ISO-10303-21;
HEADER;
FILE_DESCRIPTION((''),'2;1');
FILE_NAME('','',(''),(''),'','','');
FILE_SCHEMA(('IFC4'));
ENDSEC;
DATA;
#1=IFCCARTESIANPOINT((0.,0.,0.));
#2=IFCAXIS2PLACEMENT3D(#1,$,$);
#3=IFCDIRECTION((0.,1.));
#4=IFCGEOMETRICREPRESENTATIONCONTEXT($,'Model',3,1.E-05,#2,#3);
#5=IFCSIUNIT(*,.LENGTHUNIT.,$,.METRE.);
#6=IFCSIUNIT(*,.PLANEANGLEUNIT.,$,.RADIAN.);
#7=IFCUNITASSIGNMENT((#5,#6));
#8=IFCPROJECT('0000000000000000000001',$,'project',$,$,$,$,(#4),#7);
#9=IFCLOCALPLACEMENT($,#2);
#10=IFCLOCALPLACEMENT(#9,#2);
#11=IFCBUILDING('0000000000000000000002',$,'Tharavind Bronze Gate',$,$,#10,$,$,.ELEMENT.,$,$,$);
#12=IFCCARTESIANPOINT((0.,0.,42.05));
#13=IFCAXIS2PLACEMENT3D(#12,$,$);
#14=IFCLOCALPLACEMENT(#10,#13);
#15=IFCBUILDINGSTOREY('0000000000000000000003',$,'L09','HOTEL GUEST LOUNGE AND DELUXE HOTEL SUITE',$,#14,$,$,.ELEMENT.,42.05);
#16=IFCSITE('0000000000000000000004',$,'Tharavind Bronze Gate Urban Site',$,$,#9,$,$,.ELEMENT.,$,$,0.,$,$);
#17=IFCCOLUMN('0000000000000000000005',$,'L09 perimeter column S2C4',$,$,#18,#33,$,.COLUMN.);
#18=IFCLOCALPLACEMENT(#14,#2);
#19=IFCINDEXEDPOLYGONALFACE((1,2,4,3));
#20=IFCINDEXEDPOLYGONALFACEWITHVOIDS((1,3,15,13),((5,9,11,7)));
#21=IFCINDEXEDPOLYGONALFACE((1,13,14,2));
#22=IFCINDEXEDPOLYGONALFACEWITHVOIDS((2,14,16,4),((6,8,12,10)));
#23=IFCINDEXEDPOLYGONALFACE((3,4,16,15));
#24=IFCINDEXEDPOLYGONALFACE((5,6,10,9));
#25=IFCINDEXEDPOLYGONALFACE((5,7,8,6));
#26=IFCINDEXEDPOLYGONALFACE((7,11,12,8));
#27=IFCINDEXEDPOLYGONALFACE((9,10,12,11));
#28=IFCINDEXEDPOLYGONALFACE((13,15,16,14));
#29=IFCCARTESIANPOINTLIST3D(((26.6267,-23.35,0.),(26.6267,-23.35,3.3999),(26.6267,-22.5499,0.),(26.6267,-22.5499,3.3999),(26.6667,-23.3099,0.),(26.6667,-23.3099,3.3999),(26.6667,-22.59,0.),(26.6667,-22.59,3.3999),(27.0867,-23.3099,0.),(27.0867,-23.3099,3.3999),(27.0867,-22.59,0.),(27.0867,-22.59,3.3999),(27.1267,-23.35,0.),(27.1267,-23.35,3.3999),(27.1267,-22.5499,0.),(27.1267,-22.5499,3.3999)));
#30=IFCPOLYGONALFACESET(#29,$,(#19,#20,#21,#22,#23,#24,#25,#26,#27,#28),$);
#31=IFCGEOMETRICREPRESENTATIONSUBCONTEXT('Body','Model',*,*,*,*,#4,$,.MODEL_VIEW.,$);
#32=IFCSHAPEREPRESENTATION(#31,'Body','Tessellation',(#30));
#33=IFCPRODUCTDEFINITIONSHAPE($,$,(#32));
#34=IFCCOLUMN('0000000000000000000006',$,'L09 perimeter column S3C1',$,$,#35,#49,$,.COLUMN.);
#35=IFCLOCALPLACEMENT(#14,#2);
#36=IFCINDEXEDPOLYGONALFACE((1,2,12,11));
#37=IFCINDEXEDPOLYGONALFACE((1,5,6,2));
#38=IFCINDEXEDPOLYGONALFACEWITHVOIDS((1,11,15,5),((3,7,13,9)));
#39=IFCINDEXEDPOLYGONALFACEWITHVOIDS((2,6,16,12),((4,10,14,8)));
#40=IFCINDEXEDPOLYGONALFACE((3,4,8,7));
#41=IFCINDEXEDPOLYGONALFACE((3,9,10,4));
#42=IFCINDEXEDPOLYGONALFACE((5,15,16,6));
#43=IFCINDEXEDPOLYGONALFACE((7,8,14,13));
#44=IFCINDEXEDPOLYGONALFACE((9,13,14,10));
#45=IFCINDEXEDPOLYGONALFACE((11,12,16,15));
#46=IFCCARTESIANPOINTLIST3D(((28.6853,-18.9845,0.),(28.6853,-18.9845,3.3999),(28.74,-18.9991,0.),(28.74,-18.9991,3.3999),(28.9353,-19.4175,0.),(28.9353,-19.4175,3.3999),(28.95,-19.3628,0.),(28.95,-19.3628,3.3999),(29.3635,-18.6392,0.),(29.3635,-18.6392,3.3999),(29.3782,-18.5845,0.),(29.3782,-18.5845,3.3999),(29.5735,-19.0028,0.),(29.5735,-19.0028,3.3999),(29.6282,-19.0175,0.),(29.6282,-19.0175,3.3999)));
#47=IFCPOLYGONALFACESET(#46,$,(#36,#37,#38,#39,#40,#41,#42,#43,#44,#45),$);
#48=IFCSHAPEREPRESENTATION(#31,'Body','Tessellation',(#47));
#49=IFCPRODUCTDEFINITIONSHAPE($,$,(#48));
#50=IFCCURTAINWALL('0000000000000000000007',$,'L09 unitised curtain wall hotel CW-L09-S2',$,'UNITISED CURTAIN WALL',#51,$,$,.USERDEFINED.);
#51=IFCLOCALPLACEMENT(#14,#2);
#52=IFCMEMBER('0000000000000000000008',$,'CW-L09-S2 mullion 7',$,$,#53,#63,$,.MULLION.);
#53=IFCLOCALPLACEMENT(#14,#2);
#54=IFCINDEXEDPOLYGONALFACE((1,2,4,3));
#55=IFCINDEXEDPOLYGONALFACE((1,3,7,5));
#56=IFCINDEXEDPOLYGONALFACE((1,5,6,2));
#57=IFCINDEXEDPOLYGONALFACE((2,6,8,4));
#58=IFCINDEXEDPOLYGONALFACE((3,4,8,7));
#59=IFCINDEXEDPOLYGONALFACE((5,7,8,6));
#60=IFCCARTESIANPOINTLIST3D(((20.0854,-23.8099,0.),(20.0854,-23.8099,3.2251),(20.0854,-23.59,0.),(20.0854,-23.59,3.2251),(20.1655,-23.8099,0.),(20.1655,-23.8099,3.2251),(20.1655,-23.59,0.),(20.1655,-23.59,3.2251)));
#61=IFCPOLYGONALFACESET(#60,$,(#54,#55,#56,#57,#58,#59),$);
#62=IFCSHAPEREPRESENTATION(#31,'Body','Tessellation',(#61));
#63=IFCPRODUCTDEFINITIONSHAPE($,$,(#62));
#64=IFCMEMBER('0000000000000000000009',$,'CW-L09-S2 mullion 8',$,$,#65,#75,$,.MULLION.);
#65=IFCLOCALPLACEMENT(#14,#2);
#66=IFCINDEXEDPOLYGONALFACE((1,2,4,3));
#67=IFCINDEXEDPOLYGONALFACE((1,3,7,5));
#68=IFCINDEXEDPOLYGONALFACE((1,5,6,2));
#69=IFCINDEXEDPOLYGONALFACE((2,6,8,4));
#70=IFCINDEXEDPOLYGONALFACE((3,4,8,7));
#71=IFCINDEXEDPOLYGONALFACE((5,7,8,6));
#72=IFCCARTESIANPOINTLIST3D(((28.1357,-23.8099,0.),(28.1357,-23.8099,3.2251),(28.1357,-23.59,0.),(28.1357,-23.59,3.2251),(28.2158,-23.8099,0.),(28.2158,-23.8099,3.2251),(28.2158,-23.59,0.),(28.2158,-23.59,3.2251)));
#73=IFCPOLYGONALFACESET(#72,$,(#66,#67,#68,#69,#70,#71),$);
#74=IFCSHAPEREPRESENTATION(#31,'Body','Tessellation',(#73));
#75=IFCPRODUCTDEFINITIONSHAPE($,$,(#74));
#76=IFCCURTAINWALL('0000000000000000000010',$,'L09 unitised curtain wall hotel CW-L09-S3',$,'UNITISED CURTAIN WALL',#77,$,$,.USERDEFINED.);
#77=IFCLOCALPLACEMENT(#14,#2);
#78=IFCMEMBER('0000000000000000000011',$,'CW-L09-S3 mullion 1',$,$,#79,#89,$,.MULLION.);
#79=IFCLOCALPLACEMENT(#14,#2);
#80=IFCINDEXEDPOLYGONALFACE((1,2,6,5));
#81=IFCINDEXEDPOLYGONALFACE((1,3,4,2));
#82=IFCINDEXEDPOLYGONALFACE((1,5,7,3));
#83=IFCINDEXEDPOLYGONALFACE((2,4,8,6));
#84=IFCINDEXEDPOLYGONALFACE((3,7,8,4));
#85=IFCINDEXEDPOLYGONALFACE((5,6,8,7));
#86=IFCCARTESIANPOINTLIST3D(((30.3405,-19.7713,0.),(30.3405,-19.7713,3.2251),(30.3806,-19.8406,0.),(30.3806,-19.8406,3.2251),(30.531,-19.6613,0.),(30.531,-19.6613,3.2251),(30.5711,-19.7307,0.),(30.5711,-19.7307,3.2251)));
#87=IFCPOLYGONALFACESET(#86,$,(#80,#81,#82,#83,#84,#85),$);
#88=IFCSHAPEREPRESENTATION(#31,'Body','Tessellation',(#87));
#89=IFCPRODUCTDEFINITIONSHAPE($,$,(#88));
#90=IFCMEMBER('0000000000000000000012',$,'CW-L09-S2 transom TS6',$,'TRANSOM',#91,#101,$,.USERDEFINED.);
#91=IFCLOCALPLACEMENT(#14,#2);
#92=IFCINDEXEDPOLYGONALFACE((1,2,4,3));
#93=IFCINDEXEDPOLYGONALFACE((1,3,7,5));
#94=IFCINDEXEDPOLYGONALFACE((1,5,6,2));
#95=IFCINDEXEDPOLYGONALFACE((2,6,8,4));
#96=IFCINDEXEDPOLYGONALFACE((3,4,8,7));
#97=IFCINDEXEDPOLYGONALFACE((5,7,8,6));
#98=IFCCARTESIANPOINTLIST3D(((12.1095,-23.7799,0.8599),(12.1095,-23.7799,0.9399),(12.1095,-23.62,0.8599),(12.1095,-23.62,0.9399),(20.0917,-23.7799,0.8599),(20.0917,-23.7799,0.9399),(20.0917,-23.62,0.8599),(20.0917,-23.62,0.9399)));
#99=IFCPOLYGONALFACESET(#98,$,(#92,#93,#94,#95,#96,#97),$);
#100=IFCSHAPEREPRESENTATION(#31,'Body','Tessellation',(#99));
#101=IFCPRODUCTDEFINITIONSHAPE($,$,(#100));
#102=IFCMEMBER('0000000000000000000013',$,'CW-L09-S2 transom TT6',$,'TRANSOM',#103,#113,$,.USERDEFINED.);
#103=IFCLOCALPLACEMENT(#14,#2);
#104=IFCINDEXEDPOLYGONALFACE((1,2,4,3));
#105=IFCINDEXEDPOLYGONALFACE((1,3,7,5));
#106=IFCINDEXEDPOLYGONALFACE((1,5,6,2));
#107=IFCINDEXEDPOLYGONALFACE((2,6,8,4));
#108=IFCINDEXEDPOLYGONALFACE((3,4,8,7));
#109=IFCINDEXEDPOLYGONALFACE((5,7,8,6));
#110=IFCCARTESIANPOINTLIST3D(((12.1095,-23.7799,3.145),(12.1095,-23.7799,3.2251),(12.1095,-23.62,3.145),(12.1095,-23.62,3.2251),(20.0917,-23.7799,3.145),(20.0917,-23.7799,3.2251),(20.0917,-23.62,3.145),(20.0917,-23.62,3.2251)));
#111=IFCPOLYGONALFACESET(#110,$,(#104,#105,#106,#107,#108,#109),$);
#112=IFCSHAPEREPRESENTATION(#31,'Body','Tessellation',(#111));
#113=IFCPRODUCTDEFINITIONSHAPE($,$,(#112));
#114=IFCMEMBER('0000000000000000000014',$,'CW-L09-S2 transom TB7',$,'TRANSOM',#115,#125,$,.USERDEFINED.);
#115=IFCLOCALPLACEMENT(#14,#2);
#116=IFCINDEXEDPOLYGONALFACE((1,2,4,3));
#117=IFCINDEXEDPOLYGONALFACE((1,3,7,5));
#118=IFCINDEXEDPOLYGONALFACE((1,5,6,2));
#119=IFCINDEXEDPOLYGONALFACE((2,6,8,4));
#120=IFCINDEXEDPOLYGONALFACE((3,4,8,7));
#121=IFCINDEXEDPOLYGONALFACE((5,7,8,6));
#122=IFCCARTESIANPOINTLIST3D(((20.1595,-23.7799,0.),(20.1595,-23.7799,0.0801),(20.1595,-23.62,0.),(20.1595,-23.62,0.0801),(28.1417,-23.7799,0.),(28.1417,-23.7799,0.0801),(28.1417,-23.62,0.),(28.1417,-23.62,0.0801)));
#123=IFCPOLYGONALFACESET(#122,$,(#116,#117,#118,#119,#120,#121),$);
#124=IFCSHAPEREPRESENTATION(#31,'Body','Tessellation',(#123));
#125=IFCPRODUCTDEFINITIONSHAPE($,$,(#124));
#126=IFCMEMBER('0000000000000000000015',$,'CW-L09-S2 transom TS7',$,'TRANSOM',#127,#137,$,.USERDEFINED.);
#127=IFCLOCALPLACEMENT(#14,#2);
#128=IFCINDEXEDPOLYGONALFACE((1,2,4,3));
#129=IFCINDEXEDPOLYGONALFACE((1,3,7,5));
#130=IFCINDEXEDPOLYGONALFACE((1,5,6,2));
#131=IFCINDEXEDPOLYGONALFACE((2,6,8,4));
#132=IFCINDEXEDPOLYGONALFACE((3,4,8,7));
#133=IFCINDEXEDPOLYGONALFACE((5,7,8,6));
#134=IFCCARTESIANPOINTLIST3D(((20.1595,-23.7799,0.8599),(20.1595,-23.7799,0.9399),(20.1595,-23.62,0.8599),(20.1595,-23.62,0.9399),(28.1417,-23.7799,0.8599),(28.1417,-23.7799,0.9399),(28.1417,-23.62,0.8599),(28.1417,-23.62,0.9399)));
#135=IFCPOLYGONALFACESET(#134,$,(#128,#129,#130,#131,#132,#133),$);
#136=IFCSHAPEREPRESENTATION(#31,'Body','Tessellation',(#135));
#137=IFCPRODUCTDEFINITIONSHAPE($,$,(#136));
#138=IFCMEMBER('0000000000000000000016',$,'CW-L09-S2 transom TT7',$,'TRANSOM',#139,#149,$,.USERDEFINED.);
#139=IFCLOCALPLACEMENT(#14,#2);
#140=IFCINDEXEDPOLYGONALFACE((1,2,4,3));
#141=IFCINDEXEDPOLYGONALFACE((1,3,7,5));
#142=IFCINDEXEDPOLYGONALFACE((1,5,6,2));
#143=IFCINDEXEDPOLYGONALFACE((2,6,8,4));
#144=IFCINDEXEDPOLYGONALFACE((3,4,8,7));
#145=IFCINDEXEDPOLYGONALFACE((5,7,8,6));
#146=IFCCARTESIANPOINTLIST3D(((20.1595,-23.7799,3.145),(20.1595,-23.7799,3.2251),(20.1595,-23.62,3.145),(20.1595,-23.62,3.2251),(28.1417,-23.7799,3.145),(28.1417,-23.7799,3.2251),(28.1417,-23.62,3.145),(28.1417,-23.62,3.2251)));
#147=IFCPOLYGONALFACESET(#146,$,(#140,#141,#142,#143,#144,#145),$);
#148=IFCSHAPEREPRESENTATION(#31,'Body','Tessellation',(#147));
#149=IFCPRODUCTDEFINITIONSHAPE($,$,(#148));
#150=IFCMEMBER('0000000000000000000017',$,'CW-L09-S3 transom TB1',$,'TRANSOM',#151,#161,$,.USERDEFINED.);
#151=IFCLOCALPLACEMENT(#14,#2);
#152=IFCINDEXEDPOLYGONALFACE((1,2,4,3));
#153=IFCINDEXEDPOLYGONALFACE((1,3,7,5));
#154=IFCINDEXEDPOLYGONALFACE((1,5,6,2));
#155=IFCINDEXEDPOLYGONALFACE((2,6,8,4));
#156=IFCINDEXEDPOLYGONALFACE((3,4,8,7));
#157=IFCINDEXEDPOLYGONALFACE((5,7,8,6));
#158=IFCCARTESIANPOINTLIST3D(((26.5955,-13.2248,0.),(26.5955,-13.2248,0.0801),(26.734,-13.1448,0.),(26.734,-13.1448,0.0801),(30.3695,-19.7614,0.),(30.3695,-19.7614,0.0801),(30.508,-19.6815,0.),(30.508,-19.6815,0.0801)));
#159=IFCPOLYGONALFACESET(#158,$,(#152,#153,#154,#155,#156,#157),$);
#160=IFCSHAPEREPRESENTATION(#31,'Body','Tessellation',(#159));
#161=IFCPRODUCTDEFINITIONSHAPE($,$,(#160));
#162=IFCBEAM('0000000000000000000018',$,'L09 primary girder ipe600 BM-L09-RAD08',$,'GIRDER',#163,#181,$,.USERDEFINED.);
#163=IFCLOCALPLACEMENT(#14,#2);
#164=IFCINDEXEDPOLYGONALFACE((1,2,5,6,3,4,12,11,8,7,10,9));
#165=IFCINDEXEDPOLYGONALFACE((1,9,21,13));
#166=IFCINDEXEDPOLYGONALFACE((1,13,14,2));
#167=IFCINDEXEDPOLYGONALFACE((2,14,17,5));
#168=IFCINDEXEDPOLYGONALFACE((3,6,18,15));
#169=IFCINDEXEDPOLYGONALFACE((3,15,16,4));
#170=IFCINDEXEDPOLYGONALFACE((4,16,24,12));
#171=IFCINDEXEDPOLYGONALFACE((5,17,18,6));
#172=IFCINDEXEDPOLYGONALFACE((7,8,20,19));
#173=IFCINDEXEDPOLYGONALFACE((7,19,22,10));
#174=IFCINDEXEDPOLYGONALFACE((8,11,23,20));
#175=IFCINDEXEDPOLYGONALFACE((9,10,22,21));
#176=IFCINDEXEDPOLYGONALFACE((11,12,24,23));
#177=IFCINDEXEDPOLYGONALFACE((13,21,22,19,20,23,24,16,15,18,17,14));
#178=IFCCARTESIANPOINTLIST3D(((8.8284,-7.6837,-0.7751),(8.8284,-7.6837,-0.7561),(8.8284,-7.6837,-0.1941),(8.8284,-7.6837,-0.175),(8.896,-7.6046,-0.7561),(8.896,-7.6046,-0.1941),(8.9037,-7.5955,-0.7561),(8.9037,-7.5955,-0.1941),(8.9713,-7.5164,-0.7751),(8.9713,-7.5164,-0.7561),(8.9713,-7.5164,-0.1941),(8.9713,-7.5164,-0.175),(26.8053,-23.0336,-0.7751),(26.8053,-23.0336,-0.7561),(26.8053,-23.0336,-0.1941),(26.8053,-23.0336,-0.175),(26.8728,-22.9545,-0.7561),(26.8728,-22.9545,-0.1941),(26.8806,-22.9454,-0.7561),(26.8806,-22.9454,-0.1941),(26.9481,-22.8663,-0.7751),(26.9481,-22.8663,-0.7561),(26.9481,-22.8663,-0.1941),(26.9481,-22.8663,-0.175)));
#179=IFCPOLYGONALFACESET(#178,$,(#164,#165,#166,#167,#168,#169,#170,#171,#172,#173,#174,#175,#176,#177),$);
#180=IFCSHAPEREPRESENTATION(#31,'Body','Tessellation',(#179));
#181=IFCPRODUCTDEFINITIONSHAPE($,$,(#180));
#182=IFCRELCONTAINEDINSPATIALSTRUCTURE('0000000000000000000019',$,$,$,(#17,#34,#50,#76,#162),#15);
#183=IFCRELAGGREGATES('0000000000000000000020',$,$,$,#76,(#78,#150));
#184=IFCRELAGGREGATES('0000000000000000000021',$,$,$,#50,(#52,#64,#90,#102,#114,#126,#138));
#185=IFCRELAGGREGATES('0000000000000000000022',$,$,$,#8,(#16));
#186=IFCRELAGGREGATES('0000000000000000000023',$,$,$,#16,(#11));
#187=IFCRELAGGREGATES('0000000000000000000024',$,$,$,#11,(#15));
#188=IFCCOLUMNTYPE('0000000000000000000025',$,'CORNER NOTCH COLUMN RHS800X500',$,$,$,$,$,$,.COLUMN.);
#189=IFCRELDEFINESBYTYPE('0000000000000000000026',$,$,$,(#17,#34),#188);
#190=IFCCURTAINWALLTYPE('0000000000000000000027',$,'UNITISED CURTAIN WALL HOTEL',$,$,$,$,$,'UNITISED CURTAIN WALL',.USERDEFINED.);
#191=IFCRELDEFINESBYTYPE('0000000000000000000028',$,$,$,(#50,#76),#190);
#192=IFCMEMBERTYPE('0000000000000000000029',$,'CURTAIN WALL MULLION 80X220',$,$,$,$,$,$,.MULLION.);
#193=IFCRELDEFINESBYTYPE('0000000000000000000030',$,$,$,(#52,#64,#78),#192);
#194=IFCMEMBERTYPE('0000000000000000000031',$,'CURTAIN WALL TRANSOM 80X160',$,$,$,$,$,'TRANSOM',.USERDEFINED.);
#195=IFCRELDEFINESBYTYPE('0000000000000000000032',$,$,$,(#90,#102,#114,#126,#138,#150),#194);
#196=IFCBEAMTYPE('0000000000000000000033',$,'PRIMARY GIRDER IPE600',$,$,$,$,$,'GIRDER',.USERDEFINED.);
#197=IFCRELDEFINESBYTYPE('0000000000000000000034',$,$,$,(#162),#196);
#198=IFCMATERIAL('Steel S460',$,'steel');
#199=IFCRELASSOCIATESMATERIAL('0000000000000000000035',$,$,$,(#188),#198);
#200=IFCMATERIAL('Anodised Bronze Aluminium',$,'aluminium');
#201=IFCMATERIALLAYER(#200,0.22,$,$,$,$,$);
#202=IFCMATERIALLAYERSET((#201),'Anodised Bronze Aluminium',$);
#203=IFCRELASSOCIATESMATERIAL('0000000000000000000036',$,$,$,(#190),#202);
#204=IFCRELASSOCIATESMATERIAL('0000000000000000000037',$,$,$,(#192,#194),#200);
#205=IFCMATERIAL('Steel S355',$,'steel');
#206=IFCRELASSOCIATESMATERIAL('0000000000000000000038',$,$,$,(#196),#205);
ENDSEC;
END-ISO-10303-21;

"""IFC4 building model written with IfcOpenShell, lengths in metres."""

from ifc_helpers import new_model, si_unit, direction, frame, origin, origin_2d, place, context, subcontext, project, spatial, rectangle, hollow_rectangle, i_section, extrude, material, layer, layer_set, material_profile, profile_set, type_object, element, aggregate, save


model = new_model("IFC4")

# Units and contexts
model_context = context("Model", 3, precision=1e-05, world=origin(), true_north=direction((0.0, 1.0)))
body_context = subcontext(model_context, "Body", "Model", "MODEL_VIEW")
ifc_project = project(units=[si_unit("LENGTHUNIT", "METRE"), si_unit("PLANEANGLEUNIT", "RADIAN")], contexts=[model_context])

# Site, building, storey
site_placement = place(None, origin())
site = spatial("IfcSite", under=ifc_project, at=site_placement, Name="Tharavind Bronze Gate Urban Site", CompositionType="ELEMENT", RefElevation=0.0)
building_placement = place(site_placement, origin())
building = spatial("IfcBuilding", under=site, at=building_placement, Name="Tharavind Bronze Gate", CompositionType="ELEMENT")
storey_placement = place(building_placement, frame((0.0, 0.0, 42.05)))
storey = spatial("IfcBuildingStorey", under=building, at=storey_placement, Name="L09", Description="HOTEL GUEST LOUNGE AND DELUXE HOTEL SUITE", CompositionType="ELEMENT", Elevation=42.05)

# Columns
ifc_material_1 = material(Name="Steel S460", Category="steel")
ifc_material_profile_1 = material_profile(ifc_material_1, hollow_rectangle(XDim=0.5, YDim=0.8, WallThickness=0.04, at=origin_2d()), Name="RHS800X500X40")
ifc_profile_set_1 = profile_set([ifc_material_profile_1], Name="Steel S460")
column_type = type_object("IfcColumnType", Name="CORNER NOTCH COLUMN RHS800X500", PredefinedType="COLUMN", material=ifc_profile_set_1)
for number, where, z_axis, x_axis, name in (
    (1, (26.8767, -22.95, 0.0), (0.0, 0.0, 1.0), (1.0, 0.0, 0.0), "L09 perimeter column S2C4"),
    (2, (29.1567, -19.001, 0.0), (0.0, 0.0, 1.0), (-0.500002, 0.866025, 0.0), "L09 perimeter column S3C1"),
):
    element("IfcColumn", number, at=place(storey_placement, frame(where, z_axis=z_axis, x_axis=x_axis)), inside=storey, type_object=column_type, Name=name, PredefinedType="COLUMN", context=body_context, shape_type="SweptSolid", body=[
        extrude(hollow_rectangle(XDim=0.5, YDim=0.8, WallThickness=0.04, at=origin_2d()), origin(), (0.0, 0.0, 1.0), 3.3999),
    ])

# Curtain wall, members
ifc_material_2 = material(Name="Anodised Bronze Aluminium", Category="aluminium")
ifc_layer_1 = layer(ifc_material_2, 0.22)
ifc_layer_set_1 = layer_set([ifc_layer_1], Name="Anodised Bronze Aluminium")
curtain_wall_type = type_object("IfcCurtainWallType", Name="UNITISED CURTAIN WALL HOTEL", ElementType="UNITISED CURTAIN WALL", PredefinedType="USERDEFINED", material=ifc_layer_set_1)
curtain_wall_1_placement = place(storey_placement, origin())
curtain_wall_1 = element("IfcCurtainWall", 3, at=curtain_wall_1_placement, inside=storey, type_object=curtain_wall_type, Name="L09 unitised curtain wall hotel CW-L09-S2", ObjectType="UNITISED CURTAIN WALL", PredefinedType="USERDEFINED")
member_type_1 = type_object("IfcMemberType", Name="CURTAIN WALL MULLION 80X220", PredefinedType="MULLION", material=ifc_material_2)
member_1_placement = place(storey_placement, frame((20.1255, -23.7, 0.0), z_axis=(0.0, 0.0, 1.0), x_axis=(1.0, 0.0, 0.0)))
member_1 = element("IfcMember", 4, at=member_1_placement, type_object=member_type_1, Name="CW-L09-S2 mullion 7", PredefinedType="MULLION", context=body_context, shape_type="SweptSolid", body=[
    extrude(rectangle(XDim=0.0801, YDim=0.22, at=origin_2d()), origin(), (0.0, 0.0, 1.0), 3.2251),
])
member_2_placement = place(storey_placement, frame((28.1758, -23.7, 0.0), z_axis=(0.0, 0.0, 1.0), x_axis=(1.0, 0.0, 0.0)))
member_2 = element("IfcMember", 5, at=member_2_placement, type_object=member_type_1, Name="CW-L09-S2 mullion 8", PredefinedType="MULLION", context=body_context, shape_type="SweptSolid", body=[
    extrude(rectangle(XDim=0.0801, YDim=0.22, at=origin_2d()), origin(), (0.0, 0.0, 1.0), 3.2251),
])

# Curtain wall, member
curtain_wall_2_placement = place(storey_placement, origin())
curtain_wall_2 = element("IfcCurtainWall", 6, at=curtain_wall_2_placement, inside=storey, type_object=curtain_wall_type, Name="L09 unitised curtain wall hotel CW-L09-S3", ObjectType="UNITISED CURTAIN WALL", PredefinedType="USERDEFINED")
member_3_placement = place(storey_placement, frame((30.4558, -19.751, 0.0), z_axis=(0.0, 0.0, 1.0), x_axis=(-0.500002, 0.866025, 0.0)))
member_3 = element("IfcMember", 7, at=member_3_placement, type_object=member_type_1, Name="CW-L09-S3 mullion 1", PredefinedType="MULLION", context=body_context, shape_type="SweptSolid", body=[
    extrude(rectangle(XDim=0.0801, YDim=0.22, at=origin_2d()), origin(), (0.0, 0.0, 1.0), 3.2251),
])

# Members
member_type_2 = type_object("IfcMemberType", Name="CURTAIN WALL TRANSOM 80X160", ElementType="TRANSOM", PredefinedType="USERDEFINED", material=ifc_material_2)
member_4_placement = place(storey_placement, frame((16.1006, -23.7, 0.8599), z_axis=(0.0, 0.0, 1.0), x_axis=(1.0, 0.0, 0.0)))
member_4 = element("IfcMember", 8, at=member_4_placement, type_object=member_type_2, Name="CW-L09-S2 transom TS6", ObjectType="TRANSOM", PredefinedType="USERDEFINED", context=body_context, shape_type="SweptSolid", body=[
    extrude(rectangle(XDim=7.9822, YDim=0.1599, at=origin_2d()), origin(), (0.0, 0.0, 1.0), 0.0801),
])
member_5_placement = place(storey_placement, frame((16.1006, -23.7, 3.145), z_axis=(0.0, 0.0, 1.0), x_axis=(1.0, 0.0, 0.0)))
member_5 = element("IfcMember", 9, at=member_5_placement, type_object=member_type_2, Name="CW-L09-S2 transom TT6", ObjectType="TRANSOM", PredefinedType="USERDEFINED", context=body_context, shape_type="SweptSolid", body=[
    extrude(rectangle(XDim=7.9822, YDim=0.1599, at=origin_2d()), origin(), (0.0, 0.0, 1.0), 0.0801),
])
member_6_placement = place(storey_placement, frame((24.1506, -23.7, 0.0), z_axis=(0.0, 0.0, 1.0), x_axis=(1.0, 0.0, 0.0)))
member_6 = element("IfcMember", 10, at=member_6_placement, type_object=member_type_2, Name="CW-L09-S2 transom TB7", ObjectType="TRANSOM", PredefinedType="USERDEFINED", context=body_context, shape_type="SweptSolid", body=[
    extrude(rectangle(XDim=7.9822, YDim=0.1599, at=origin_2d()), origin(), (0.0, 0.0, 1.0), 0.0801),
])
member_7_placement = place(storey_placement, frame((24.1506, -23.7, 0.8599), z_axis=(0.0, 0.0, 1.0), x_axis=(1.0, 0.0, 0.0)))
member_7 = element("IfcMember", 11, at=member_7_placement, type_object=member_type_2, Name="CW-L09-S2 transom TS7", ObjectType="TRANSOM", PredefinedType="USERDEFINED", context=body_context, shape_type="SweptSolid", body=[
    extrude(rectangle(XDim=7.9822, YDim=0.1599, at=origin_2d()), origin(), (0.0, 0.0, 1.0), 0.0801),
])
member_8_placement = place(storey_placement, frame((24.1506, -23.7, 3.145), z_axis=(0.0, 0.0, 1.0), x_axis=(1.0, 0.0, 0.0)))
member_8 = element("IfcMember", 12, at=member_8_placement, type_object=member_type_2, Name="CW-L09-S2 transom TT7", ObjectType="TRANSOM", PredefinedType="USERDEFINED", context=body_context, shape_type="SweptSolid", body=[
    extrude(rectangle(XDim=7.9822, YDim=0.1599, at=origin_2d()), origin(), (0.0, 0.0, 1.0), 0.0801),
])
member_9_placement = place(storey_placement, frame((28.5518, -16.4531, 0.0), z_axis=(0.0, 0.0, 1.0), x_axis=(-0.500002, 0.866025, 0.0)))
member_9 = element("IfcMember", 13, at=member_9_placement, type_object=member_type_2, Name="CW-L09-S3 transom TB1", ObjectType="TRANSOM", PredefinedType="USERDEFINED", context=body_context, shape_type="SweptSolid", body=[
    extrude(rectangle(XDim=7.5479, YDim=0.1599, at=origin_2d()), origin(), (0.0, 0.0, 1.0), 0.0801),
])
aggregate(curtain_wall_2, [member_3, member_9])

# Beam
ifc_material_3 = material(Name="Steel S355", Category="steel")
ifc_material_profile_2 = material_profile(ifc_material_3, i_section(OverallWidth=0.22, OverallDepth=0.6001, WebThickness=0.012, FlangeThickness=0.019, at=origin_2d()), Name="IPE600")
ifc_profile_set_2 = profile_set([ifc_material_profile_2], Name="Steel S355")
beam_type_1 = type_object("IfcBeamType", Name="PRIMARY GIRDER IPE600", ElementType="GIRDER", PredefinedType="USERDEFINED", material=ifc_profile_set_2)
beam_1_placement = place(storey_placement, frame((26.8767, -22.95, -0.4751), z_axis=(-0.760485, 0.649355, 0.0), x_axis=(-0.649355, -0.760485, 0.0)))
element("IfcBeam", 14, at=beam_1_placement, inside=storey, type_object=beam_type_1, Name="L09 primary girder ipe600 BM-L09-RAD08", ObjectType="GIRDER", PredefinedType="USERDEFINED", context=body_context, shape_type="SweptSolid", body=[
    extrude(i_section(OverallWidth=0.22, OverallDepth=0.6001, WebThickness=0.012, FlangeThickness=0.019, at=origin_2d()), origin(), (0.0, 0.0, 1.0), 23.6387),
])

aggregate(curtain_wall_1, [member_1, member_2, member_4, member_5, member_6, member_7, member_8])

save(model, "model.ifc")
